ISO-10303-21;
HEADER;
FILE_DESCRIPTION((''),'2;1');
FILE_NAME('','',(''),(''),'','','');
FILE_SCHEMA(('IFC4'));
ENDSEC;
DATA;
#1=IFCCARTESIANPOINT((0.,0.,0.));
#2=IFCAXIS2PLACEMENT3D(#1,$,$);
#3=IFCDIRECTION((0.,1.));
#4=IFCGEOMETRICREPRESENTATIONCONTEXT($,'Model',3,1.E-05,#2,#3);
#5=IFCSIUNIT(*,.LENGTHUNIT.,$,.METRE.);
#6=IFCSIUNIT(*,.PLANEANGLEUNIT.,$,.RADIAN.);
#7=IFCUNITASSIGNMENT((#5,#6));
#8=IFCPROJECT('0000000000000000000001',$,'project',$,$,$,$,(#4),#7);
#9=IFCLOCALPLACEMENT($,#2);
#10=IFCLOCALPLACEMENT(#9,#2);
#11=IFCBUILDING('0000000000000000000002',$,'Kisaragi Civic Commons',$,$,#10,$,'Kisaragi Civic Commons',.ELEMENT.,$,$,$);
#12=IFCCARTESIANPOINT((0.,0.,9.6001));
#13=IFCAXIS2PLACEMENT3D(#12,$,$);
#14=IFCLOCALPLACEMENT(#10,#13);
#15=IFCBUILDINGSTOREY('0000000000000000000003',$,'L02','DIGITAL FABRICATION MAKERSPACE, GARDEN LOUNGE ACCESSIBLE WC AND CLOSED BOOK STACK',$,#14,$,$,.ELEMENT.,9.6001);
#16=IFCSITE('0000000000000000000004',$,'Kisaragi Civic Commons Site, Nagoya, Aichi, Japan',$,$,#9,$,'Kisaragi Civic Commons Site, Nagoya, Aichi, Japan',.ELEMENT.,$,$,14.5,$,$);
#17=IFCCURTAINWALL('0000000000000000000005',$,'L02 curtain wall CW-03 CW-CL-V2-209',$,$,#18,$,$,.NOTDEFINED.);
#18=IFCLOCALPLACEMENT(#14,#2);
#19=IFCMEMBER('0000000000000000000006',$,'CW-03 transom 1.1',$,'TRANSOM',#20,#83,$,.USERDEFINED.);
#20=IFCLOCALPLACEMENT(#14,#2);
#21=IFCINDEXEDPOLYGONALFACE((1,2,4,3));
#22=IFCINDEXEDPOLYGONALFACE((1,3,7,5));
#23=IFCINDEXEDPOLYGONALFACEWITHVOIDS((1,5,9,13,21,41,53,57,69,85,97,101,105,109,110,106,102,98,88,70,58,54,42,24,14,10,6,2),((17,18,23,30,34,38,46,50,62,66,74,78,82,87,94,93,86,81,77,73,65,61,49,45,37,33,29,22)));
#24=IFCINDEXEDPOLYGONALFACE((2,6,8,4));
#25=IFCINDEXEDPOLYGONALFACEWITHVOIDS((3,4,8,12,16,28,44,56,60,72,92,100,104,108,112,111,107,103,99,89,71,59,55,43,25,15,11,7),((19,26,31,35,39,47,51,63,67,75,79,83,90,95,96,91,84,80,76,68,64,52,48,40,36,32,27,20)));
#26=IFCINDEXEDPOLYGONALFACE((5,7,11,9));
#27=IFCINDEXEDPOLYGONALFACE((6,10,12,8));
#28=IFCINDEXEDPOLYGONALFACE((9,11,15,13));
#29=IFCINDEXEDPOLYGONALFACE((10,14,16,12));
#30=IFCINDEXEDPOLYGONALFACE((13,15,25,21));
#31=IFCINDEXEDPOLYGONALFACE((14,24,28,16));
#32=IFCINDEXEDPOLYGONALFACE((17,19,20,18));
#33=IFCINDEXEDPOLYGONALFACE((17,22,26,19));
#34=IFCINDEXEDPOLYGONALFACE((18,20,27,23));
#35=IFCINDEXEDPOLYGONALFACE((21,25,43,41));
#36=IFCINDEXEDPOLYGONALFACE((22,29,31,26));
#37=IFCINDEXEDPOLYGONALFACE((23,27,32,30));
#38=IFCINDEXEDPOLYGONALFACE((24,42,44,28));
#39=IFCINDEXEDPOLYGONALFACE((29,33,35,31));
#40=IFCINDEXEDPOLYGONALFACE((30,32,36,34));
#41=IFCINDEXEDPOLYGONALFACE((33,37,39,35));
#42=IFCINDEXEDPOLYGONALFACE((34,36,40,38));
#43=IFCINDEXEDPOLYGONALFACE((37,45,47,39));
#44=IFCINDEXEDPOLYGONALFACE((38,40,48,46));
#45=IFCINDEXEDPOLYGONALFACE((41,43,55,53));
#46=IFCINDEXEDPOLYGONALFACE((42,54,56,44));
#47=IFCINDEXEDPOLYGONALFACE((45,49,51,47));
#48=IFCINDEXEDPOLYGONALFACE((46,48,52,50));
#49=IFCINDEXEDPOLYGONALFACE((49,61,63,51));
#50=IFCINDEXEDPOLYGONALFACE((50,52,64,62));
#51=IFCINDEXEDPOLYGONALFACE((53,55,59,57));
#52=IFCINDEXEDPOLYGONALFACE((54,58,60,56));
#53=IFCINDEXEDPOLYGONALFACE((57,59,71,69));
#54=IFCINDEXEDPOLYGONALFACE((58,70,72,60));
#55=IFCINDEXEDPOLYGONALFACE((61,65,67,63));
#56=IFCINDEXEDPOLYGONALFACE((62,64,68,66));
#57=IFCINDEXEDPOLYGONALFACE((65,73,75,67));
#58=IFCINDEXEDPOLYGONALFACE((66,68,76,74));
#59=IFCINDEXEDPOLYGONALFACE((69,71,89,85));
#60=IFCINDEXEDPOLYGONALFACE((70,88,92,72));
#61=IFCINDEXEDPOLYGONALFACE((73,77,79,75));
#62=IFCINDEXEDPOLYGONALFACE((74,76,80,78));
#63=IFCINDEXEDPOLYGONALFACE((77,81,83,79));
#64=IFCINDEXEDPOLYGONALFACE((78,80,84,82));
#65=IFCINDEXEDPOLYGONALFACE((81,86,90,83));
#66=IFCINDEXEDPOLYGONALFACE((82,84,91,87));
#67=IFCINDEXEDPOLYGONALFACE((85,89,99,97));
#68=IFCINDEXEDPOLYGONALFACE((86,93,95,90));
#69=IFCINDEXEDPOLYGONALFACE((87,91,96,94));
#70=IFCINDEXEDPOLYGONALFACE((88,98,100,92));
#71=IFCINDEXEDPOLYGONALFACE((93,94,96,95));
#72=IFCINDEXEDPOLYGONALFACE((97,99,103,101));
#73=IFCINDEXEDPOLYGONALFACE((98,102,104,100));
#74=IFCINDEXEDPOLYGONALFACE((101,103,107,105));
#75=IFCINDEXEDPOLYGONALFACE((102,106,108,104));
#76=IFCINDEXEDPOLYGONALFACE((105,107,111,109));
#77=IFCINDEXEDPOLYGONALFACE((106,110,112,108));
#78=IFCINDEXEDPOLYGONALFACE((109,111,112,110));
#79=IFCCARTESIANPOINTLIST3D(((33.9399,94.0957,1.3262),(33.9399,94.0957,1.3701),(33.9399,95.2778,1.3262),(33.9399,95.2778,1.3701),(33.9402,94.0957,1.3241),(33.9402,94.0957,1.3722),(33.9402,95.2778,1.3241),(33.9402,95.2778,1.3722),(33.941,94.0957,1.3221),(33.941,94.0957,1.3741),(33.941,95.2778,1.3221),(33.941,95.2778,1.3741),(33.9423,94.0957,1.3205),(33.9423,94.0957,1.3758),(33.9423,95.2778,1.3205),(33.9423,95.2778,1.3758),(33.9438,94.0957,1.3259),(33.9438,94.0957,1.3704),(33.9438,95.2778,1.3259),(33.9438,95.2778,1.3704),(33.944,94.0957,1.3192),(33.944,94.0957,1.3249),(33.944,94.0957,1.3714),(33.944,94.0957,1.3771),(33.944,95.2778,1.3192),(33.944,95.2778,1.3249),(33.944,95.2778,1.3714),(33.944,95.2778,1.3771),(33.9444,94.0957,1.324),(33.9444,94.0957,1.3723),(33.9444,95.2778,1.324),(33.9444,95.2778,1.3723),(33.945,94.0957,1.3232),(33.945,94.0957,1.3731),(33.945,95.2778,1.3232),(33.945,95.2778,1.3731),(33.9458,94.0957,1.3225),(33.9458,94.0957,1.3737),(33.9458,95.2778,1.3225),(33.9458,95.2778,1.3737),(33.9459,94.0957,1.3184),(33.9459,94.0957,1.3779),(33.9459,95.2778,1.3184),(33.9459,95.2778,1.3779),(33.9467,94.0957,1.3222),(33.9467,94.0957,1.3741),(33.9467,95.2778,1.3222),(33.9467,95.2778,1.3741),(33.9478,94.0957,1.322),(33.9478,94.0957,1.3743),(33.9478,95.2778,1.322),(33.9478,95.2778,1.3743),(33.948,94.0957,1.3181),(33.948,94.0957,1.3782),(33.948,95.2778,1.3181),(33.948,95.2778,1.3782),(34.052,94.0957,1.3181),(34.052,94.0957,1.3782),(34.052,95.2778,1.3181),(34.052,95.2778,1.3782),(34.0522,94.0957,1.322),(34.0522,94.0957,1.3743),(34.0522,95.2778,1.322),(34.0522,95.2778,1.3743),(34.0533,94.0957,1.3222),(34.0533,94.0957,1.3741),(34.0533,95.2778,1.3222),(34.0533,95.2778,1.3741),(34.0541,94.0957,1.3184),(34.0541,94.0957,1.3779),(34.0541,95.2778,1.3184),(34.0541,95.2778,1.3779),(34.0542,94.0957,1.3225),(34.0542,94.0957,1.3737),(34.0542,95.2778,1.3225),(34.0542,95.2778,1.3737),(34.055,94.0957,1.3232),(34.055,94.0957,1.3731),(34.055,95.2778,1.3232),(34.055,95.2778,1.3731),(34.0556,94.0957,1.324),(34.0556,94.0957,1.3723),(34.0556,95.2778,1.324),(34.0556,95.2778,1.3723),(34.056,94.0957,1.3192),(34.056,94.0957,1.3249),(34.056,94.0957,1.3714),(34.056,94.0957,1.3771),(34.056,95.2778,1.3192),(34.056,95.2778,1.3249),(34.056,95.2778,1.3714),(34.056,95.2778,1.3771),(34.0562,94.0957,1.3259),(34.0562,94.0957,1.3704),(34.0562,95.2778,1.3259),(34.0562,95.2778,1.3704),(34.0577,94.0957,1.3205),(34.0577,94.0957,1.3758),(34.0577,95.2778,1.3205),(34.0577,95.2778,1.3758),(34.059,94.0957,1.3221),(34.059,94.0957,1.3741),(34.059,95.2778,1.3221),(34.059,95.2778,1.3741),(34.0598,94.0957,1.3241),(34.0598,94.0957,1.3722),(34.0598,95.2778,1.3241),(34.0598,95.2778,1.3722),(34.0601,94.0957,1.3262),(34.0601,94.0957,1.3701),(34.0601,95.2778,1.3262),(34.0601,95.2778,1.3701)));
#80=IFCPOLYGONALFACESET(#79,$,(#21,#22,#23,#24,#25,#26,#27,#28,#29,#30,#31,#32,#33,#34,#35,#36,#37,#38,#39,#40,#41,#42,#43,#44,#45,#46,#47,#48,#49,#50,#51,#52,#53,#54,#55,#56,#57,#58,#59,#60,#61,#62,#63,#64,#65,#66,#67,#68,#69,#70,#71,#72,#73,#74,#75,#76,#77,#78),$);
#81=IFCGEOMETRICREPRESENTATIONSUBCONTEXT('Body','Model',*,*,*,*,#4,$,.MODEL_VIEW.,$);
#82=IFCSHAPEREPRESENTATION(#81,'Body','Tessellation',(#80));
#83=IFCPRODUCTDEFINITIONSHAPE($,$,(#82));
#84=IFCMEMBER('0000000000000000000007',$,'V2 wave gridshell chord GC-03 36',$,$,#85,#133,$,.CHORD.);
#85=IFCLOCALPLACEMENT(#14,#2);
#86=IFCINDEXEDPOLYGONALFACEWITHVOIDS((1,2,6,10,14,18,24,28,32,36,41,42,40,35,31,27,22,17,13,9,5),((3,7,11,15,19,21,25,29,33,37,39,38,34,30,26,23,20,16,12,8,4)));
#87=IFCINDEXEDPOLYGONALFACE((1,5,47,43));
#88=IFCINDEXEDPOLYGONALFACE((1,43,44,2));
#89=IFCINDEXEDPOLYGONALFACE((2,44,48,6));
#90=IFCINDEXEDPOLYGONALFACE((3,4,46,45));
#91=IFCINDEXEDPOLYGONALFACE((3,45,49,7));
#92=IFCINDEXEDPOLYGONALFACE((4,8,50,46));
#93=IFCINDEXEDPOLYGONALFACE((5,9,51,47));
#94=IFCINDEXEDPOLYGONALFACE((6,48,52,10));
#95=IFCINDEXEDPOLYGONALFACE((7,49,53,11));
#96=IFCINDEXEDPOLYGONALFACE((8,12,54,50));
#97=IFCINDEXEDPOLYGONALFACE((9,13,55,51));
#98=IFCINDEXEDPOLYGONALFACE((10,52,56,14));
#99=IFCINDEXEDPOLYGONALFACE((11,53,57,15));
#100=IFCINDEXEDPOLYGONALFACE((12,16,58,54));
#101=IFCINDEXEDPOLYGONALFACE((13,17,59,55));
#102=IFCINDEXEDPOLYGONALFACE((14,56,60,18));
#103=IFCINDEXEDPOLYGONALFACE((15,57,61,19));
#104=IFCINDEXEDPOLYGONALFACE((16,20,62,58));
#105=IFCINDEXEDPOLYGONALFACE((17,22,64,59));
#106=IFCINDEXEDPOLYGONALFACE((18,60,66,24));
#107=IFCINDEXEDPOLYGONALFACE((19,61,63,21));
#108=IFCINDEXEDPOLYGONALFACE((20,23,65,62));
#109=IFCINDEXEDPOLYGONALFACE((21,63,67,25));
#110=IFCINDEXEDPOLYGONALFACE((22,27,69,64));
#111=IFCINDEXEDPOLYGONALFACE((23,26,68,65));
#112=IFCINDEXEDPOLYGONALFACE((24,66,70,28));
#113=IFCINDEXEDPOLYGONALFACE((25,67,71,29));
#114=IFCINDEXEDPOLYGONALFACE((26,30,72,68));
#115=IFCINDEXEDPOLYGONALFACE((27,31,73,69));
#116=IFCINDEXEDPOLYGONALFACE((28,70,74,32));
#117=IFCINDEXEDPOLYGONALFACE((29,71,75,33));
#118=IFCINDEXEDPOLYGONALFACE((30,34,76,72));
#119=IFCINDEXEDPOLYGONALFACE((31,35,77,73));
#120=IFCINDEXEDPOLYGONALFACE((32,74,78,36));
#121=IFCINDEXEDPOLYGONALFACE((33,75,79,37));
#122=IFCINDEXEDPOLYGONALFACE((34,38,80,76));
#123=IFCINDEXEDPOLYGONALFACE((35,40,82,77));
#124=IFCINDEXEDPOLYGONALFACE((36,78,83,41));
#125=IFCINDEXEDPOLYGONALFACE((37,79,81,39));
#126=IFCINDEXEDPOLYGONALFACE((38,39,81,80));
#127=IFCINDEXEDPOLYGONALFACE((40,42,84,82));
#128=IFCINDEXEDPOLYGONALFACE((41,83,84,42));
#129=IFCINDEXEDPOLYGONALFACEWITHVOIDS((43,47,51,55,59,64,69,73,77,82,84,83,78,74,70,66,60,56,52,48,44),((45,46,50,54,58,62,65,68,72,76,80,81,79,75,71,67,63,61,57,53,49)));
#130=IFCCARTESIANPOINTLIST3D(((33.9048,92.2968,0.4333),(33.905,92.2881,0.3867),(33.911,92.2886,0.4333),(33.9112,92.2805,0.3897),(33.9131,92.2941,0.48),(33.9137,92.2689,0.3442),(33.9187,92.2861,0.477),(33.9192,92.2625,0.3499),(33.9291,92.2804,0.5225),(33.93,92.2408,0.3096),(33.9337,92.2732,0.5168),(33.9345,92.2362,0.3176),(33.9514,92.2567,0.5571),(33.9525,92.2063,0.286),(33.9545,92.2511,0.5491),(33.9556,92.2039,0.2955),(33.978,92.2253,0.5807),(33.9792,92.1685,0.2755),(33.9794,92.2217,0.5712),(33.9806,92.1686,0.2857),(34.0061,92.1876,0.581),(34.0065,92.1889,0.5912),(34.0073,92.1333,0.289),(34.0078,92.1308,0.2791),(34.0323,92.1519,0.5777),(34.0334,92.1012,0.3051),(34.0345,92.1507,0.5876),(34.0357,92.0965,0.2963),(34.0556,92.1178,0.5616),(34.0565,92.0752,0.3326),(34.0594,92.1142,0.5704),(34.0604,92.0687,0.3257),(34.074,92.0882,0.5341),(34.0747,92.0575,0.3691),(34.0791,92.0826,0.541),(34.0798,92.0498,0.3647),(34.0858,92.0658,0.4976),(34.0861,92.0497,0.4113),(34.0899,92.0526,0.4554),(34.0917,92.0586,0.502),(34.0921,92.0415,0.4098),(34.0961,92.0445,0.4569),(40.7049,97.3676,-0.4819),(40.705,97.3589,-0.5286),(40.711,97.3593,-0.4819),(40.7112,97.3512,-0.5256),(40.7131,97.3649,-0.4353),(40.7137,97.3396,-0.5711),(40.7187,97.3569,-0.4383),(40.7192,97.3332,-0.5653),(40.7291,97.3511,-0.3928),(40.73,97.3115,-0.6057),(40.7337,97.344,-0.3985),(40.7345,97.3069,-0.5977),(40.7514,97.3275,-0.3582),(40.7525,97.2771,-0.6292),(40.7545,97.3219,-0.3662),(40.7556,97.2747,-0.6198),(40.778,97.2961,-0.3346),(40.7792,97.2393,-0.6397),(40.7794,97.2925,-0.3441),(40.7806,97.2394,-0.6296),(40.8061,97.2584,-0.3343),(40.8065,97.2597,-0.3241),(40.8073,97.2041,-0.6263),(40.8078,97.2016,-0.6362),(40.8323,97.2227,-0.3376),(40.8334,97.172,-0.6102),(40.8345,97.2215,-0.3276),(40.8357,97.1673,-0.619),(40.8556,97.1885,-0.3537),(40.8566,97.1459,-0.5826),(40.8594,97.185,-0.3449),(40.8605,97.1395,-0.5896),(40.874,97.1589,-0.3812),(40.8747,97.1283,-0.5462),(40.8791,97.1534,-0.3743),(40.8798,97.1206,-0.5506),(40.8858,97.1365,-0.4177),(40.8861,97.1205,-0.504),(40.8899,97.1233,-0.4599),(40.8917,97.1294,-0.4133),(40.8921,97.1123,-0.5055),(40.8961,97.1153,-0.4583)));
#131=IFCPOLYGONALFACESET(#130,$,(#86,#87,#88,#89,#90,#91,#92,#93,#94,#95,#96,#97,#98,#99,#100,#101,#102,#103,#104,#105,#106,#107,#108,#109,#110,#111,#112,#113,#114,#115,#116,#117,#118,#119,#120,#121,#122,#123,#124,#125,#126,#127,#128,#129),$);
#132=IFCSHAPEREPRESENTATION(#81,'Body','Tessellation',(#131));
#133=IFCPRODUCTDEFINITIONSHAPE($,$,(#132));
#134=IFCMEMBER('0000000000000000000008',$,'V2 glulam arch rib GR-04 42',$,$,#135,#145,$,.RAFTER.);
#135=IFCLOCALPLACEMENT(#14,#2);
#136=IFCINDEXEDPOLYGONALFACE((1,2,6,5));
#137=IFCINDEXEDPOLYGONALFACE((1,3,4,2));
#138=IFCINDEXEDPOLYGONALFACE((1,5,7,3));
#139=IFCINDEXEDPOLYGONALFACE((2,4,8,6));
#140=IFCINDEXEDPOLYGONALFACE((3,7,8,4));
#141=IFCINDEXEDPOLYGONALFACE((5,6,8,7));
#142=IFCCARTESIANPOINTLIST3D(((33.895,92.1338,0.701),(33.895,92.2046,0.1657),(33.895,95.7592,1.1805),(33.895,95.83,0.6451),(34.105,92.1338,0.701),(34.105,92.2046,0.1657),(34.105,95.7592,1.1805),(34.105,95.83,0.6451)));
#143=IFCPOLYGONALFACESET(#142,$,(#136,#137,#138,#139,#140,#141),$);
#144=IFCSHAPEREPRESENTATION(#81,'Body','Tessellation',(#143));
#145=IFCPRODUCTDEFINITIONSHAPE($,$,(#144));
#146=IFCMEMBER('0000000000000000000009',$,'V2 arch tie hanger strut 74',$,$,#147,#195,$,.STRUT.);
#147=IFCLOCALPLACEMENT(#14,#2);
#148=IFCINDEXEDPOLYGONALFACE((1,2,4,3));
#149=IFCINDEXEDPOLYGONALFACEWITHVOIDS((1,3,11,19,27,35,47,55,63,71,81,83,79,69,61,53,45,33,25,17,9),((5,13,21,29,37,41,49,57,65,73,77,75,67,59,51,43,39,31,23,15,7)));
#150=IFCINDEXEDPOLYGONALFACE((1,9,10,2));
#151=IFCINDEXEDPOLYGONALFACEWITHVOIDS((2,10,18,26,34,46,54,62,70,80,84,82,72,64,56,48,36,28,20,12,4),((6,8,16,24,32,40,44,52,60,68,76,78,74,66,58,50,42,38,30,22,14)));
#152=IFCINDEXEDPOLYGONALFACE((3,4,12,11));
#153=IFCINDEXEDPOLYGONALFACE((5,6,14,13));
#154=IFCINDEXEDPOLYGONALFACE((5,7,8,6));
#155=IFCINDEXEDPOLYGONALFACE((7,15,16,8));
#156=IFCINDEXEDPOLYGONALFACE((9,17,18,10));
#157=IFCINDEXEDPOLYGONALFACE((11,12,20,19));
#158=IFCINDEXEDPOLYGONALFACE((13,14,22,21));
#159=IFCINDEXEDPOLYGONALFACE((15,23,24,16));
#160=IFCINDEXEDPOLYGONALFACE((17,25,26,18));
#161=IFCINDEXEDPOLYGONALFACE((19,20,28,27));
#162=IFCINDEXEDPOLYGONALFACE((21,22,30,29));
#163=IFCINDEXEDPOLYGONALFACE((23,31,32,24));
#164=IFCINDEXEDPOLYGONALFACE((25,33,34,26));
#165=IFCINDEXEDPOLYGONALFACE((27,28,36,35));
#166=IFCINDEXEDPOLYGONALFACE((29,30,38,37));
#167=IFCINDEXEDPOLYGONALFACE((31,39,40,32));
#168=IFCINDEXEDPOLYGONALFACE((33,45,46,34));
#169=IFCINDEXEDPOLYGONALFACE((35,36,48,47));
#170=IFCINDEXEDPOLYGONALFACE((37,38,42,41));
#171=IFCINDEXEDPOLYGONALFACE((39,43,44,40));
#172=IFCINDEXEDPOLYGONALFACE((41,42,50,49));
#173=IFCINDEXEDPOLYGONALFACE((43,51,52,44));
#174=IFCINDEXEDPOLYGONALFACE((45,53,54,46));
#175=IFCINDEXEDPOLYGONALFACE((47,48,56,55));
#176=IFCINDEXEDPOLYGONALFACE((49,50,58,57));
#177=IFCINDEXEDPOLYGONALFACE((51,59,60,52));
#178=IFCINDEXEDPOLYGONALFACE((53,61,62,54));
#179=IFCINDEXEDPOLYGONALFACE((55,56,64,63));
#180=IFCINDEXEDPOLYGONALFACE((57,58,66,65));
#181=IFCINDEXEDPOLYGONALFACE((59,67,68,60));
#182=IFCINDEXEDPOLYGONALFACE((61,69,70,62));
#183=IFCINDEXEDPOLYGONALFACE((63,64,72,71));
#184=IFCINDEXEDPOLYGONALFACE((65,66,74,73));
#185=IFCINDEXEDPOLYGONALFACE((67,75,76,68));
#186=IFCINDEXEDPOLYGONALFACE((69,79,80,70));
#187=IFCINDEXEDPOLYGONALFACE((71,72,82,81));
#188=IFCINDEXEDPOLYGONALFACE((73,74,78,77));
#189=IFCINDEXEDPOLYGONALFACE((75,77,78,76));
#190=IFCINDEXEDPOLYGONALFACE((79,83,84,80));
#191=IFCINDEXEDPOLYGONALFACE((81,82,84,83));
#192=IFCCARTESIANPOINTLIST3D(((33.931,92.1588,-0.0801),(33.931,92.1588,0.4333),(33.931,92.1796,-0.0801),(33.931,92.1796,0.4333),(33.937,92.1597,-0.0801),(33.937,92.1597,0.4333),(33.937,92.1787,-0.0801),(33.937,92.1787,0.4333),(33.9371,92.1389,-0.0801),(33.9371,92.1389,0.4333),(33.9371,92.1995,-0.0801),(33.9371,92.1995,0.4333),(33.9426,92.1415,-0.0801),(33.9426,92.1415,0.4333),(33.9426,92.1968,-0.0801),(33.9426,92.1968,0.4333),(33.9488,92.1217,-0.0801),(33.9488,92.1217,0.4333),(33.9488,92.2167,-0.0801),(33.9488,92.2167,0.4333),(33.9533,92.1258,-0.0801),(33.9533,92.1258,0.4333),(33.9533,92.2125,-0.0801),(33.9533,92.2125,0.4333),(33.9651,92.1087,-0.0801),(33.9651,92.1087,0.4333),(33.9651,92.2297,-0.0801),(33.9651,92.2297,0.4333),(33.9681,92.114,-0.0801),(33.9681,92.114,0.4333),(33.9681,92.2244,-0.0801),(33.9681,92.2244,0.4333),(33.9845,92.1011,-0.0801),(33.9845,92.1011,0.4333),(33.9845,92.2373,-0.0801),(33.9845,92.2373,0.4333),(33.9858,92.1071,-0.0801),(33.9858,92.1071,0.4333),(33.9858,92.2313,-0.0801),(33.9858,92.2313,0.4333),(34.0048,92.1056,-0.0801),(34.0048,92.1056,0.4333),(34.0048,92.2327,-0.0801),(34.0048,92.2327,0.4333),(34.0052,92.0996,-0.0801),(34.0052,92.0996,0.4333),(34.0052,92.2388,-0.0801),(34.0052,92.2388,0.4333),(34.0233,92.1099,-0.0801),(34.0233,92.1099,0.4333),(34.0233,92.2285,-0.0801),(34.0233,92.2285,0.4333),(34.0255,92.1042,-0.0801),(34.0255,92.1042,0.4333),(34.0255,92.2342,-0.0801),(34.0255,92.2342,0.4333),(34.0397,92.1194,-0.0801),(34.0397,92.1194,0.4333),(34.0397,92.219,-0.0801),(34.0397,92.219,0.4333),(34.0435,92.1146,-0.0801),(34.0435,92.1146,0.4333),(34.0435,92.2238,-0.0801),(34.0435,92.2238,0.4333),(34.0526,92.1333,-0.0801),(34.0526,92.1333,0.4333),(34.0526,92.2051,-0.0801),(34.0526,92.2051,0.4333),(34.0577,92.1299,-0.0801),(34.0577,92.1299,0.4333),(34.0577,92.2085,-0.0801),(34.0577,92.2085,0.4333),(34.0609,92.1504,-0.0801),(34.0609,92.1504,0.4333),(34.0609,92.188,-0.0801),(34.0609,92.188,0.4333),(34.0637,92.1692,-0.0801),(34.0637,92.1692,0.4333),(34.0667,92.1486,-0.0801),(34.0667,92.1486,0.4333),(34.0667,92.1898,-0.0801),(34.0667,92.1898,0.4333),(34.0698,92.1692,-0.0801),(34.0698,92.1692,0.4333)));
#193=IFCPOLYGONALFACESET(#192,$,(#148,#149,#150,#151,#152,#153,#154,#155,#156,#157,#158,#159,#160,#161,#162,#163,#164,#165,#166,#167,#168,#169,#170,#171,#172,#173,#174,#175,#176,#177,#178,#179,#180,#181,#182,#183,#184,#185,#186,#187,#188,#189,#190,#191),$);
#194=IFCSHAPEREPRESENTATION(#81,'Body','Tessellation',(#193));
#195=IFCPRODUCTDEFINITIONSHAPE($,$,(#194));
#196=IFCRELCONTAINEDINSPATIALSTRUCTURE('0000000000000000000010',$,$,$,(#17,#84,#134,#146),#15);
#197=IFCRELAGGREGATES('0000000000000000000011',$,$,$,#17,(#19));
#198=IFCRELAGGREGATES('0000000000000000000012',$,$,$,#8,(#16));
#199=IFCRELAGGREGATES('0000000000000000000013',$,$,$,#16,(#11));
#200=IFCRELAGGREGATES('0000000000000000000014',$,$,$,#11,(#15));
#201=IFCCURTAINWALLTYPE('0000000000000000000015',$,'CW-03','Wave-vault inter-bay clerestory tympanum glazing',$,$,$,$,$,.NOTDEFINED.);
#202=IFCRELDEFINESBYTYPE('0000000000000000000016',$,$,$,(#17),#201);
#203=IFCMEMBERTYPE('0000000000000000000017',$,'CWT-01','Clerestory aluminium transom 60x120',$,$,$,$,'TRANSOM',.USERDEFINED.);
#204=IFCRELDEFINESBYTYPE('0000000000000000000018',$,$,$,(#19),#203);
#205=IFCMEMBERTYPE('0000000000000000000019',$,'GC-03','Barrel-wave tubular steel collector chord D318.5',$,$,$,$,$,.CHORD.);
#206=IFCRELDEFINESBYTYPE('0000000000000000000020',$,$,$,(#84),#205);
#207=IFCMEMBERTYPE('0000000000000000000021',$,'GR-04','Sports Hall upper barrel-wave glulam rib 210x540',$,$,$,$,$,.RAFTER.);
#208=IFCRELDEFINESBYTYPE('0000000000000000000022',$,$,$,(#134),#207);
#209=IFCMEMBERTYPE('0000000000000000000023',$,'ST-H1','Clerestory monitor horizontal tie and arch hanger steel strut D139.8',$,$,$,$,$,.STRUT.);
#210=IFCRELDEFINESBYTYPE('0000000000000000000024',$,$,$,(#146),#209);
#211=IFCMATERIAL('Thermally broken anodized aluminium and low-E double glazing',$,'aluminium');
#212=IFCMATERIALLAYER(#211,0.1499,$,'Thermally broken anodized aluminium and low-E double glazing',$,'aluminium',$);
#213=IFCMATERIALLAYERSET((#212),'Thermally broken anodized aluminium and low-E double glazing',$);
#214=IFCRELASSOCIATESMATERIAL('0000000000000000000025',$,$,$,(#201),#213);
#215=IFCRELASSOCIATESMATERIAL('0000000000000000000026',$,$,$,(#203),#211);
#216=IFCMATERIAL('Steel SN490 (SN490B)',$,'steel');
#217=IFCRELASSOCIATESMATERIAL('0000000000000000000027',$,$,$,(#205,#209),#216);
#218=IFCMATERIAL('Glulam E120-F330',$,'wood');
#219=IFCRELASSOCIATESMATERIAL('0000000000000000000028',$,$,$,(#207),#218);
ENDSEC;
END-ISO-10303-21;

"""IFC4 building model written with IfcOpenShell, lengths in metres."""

from ifc_helpers import new_model, si_unit, direction, frame, origin, origin_2d, place, context, subcontext, project, spatial, rectangle, hollow_rectangle, hollow_circle, extrude, material, layer, layer_set, material_profile, profile_set, type_object, element, aggregate, save


model = new_model("IFC4")

# Units and contexts
model_context = context("Model", 3, precision=1e-05, world=origin(), true_north=direction((0.0, 1.0)))
body_context = subcontext(model_context, "Body", "Model", "MODEL_VIEW")
ifc_project = project(units=[si_unit("LENGTHUNIT", "METRE"), si_unit("PLANEANGLEUNIT", "RADIAN")], contexts=[model_context])

# Site, building, storey
site_placement = place(None, origin())
site = spatial("IfcSite", under=ifc_project, at=site_placement, Name="Kisaragi Civic Commons Site, Nagoya, Aichi, Japan", LongName="Kisaragi Civic Commons Site, Nagoya, Aichi, Japan", CompositionType="ELEMENT", RefElevation=14.5)
building_placement = place(site_placement, origin())
building = spatial("IfcBuilding", under=site, at=building_placement, Name="Kisaragi Civic Commons", LongName="Kisaragi Civic Commons", CompositionType="ELEMENT")
storey_placement = place(building_placement, frame((0.0, 0.0, 9.6001)))
storey = spatial("IfcBuildingStorey", under=building, at=storey_placement, Name="L02", Description="DIGITAL FABRICATION MAKERSPACE, GARDEN LOUNGE ACCESSIBLE WC AND CLOSED BOOK STACK", CompositionType="ELEMENT", Elevation=9.6001)

# Shared definitions
ifc_material_1 = material(Name="Thermally broken anodized aluminium and low-E double glazing", Category="aluminium")
ifc_layer_1 = layer(ifc_material_1, 0.1499, Name="Thermally broken anodized aluminium and low-E double glazing", Category="aluminium")
ifc_layer_set_1 = layer_set([ifc_layer_1], Name="Thermally broken anodized aluminium and low-E double glazing")
curtain_wall_type = type_object("IfcCurtainWallType", Name="CW-03", Description="Wave-vault inter-bay clerestory tympanum glazing", PredefinedType="NOTDEFINED", material=ifc_layer_set_1)

# Curtain wall
curtain_wall_1_placement = place(storey_placement, origin())
curtain_wall_1 = element("IfcCurtainWall", 1, at=curtain_wall_1_placement, inside=storey, type_object=curtain_wall_type, Name="L02 curtain wall CW-03 CW-CL-V2-209", PredefinedType="NOTDEFINED")

# Member
ifc_material_profile_1 = material_profile(ifc_material_1, hollow_rectangle(XDim=0.1201, YDim=0.0601, WallThickness=0.0039, InnerFilletRadius=0.0039, OuterFilletRadius=0.0081, at=origin_2d()), Name="CWT-60x120x4", Category="aluminium")
ifc_profile_set_1 = profile_set([ifc_material_profile_1], Name="Thermally broken anodized aluminium and low-E double glazing")
member_type_1 = type_object("IfcMemberType", Name="CWT-01", Description="Clerestory aluminium transom 60x120", ElementType="TRANSOM", PredefinedType="USERDEFINED", material=ifc_profile_set_1)
member_1_placement = place(storey_placement, frame((34.0, 94.0957, 1.3481), z_axis=(0.0, 1.0, 0.0), x_axis=(-1.0, 0.0, 0.0)))
member_1 = element("IfcMember", 2, at=member_1_placement, type_object=member_type_1, Name="CW-03 transom 1.1", ObjectType="TRANSOM", PredefinedType="USERDEFINED", context=body_context, shape_type="SweptSolid", body=[
    extrude(hollow_rectangle(XDim=0.1201, YDim=0.0601, WallThickness=0.0039, InnerFilletRadius=0.0039, OuterFilletRadius=0.0081, at=origin_2d()), origin(), (0.0, 0.0, 1.0), 1.1821),
])
aggregate(curtain_wall_1, [member_1])

# Members
ifc_material_2 = material(Name="Steel SN490 (SN490B)", Category="steel")
ifc_material_profile_2 = material_profile(ifc_material_2, hollow_circle(Radius=0.1592, WallThickness=0.0103, at=origin_2d()), Name="CHS-318.5x10.3", Category="steel")
ifc_profile_set_2 = profile_set([ifc_material_profile_2], Name="Steel SN490 (SN490B)")
member_type_2 = type_object("IfcMemberType", Name="GC-03", Description="Barrel-wave tubular steel collector chord D318.5", PredefinedType="CHORD", material=ifc_profile_set_2)
member_2_placement = place(storey_placement, frame((34.0, 92.1692, 0.4333), z_axis=(0.797025, 0.594342, -0.107279), x_axis=(-0.597792, 0.801651, 0.0)))
element("IfcMember", 3, at=member_2_placement, inside=storey, type_object=member_type_2, Name="V2 wave gridshell chord GC-03 36", PredefinedType="CHORD", context=body_context, shape_type="SweptSolid", body=[
    extrude(hollow_circle(Radius=0.1592, WallThickness=0.0103, at=origin_2d()), origin(), (0.0, 0.0, 1.0), 8.5317),
])
ifc_material_3 = material(Name="Glulam E120-F330", Category="wood")
ifc_material_profile_3 = material_profile(ifc_material_3, rectangle(XDim=0.21, YDim=0.54, at=origin_2d()), Name="GL-210x540", Category="wood")
ifc_profile_set_3 = profile_set([ifc_material_profile_3], Name="Glulam E120-F330")
member_type_3 = type_object("IfcMemberType", Name="GR-04", Description="Sports Hall upper barrel-wave glulam rib 210x540", PredefinedType="RAFTER", material=ifc_profile_set_3)
member_3_placement = place(storey_placement, frame((34.0, 92.1692, 0.4333), z_axis=(0.0, 0.991367, 0.131114), x_axis=(-1.0, 0.0, 0.0)))
element("IfcMember", 4, at=member_3_placement, inside=storey, type_object=member_type_3, Name="V2 glulam arch rib GR-04 42", PredefinedType="RAFTER", context=body_context, shape_type="SweptSolid", body=[
    extrude(rectangle(XDim=0.21, YDim=0.54, at=origin_2d()), origin(), (0.0, 0.0, 1.0), 3.657),
])
ifc_material_profile_4 = material_profile(ifc_material_2, hollow_circle(Radius=0.0698, WallThickness=0.0061, at=origin_2d()), Name="CHS-139.8x6.0", Category="steel")
ifc_profile_set_4 = profile_set([ifc_material_profile_4], Name="Steel SN490 (SN490B)")
member_type_4 = type_object("IfcMemberType", Name="ST-H1", Description="Clerestory monitor horizontal tie and arch hanger steel strut D139.8", PredefinedType="STRUT", material=ifc_profile_set_4)
member_4_placement = place(storey_placement, frame((34.0, 92.1692, -0.0801), z_axis=(0.0, 0.0, 1.0), x_axis=(1.0, 0.0, 0.0)))
element("IfcMember", 5, at=member_4_placement, inside=storey, type_object=member_type_4, Name="V2 arch tie hanger strut 74", PredefinedType="STRUT", context=body_context, shape_type="SweptSolid", body=[
    extrude(hollow_circle(Radius=0.0698, WallThickness=0.0061, at=origin_2d()), origin(), (0.0, 0.0, 1.0), 0.5134),
])

save(model, "model.ifc")
